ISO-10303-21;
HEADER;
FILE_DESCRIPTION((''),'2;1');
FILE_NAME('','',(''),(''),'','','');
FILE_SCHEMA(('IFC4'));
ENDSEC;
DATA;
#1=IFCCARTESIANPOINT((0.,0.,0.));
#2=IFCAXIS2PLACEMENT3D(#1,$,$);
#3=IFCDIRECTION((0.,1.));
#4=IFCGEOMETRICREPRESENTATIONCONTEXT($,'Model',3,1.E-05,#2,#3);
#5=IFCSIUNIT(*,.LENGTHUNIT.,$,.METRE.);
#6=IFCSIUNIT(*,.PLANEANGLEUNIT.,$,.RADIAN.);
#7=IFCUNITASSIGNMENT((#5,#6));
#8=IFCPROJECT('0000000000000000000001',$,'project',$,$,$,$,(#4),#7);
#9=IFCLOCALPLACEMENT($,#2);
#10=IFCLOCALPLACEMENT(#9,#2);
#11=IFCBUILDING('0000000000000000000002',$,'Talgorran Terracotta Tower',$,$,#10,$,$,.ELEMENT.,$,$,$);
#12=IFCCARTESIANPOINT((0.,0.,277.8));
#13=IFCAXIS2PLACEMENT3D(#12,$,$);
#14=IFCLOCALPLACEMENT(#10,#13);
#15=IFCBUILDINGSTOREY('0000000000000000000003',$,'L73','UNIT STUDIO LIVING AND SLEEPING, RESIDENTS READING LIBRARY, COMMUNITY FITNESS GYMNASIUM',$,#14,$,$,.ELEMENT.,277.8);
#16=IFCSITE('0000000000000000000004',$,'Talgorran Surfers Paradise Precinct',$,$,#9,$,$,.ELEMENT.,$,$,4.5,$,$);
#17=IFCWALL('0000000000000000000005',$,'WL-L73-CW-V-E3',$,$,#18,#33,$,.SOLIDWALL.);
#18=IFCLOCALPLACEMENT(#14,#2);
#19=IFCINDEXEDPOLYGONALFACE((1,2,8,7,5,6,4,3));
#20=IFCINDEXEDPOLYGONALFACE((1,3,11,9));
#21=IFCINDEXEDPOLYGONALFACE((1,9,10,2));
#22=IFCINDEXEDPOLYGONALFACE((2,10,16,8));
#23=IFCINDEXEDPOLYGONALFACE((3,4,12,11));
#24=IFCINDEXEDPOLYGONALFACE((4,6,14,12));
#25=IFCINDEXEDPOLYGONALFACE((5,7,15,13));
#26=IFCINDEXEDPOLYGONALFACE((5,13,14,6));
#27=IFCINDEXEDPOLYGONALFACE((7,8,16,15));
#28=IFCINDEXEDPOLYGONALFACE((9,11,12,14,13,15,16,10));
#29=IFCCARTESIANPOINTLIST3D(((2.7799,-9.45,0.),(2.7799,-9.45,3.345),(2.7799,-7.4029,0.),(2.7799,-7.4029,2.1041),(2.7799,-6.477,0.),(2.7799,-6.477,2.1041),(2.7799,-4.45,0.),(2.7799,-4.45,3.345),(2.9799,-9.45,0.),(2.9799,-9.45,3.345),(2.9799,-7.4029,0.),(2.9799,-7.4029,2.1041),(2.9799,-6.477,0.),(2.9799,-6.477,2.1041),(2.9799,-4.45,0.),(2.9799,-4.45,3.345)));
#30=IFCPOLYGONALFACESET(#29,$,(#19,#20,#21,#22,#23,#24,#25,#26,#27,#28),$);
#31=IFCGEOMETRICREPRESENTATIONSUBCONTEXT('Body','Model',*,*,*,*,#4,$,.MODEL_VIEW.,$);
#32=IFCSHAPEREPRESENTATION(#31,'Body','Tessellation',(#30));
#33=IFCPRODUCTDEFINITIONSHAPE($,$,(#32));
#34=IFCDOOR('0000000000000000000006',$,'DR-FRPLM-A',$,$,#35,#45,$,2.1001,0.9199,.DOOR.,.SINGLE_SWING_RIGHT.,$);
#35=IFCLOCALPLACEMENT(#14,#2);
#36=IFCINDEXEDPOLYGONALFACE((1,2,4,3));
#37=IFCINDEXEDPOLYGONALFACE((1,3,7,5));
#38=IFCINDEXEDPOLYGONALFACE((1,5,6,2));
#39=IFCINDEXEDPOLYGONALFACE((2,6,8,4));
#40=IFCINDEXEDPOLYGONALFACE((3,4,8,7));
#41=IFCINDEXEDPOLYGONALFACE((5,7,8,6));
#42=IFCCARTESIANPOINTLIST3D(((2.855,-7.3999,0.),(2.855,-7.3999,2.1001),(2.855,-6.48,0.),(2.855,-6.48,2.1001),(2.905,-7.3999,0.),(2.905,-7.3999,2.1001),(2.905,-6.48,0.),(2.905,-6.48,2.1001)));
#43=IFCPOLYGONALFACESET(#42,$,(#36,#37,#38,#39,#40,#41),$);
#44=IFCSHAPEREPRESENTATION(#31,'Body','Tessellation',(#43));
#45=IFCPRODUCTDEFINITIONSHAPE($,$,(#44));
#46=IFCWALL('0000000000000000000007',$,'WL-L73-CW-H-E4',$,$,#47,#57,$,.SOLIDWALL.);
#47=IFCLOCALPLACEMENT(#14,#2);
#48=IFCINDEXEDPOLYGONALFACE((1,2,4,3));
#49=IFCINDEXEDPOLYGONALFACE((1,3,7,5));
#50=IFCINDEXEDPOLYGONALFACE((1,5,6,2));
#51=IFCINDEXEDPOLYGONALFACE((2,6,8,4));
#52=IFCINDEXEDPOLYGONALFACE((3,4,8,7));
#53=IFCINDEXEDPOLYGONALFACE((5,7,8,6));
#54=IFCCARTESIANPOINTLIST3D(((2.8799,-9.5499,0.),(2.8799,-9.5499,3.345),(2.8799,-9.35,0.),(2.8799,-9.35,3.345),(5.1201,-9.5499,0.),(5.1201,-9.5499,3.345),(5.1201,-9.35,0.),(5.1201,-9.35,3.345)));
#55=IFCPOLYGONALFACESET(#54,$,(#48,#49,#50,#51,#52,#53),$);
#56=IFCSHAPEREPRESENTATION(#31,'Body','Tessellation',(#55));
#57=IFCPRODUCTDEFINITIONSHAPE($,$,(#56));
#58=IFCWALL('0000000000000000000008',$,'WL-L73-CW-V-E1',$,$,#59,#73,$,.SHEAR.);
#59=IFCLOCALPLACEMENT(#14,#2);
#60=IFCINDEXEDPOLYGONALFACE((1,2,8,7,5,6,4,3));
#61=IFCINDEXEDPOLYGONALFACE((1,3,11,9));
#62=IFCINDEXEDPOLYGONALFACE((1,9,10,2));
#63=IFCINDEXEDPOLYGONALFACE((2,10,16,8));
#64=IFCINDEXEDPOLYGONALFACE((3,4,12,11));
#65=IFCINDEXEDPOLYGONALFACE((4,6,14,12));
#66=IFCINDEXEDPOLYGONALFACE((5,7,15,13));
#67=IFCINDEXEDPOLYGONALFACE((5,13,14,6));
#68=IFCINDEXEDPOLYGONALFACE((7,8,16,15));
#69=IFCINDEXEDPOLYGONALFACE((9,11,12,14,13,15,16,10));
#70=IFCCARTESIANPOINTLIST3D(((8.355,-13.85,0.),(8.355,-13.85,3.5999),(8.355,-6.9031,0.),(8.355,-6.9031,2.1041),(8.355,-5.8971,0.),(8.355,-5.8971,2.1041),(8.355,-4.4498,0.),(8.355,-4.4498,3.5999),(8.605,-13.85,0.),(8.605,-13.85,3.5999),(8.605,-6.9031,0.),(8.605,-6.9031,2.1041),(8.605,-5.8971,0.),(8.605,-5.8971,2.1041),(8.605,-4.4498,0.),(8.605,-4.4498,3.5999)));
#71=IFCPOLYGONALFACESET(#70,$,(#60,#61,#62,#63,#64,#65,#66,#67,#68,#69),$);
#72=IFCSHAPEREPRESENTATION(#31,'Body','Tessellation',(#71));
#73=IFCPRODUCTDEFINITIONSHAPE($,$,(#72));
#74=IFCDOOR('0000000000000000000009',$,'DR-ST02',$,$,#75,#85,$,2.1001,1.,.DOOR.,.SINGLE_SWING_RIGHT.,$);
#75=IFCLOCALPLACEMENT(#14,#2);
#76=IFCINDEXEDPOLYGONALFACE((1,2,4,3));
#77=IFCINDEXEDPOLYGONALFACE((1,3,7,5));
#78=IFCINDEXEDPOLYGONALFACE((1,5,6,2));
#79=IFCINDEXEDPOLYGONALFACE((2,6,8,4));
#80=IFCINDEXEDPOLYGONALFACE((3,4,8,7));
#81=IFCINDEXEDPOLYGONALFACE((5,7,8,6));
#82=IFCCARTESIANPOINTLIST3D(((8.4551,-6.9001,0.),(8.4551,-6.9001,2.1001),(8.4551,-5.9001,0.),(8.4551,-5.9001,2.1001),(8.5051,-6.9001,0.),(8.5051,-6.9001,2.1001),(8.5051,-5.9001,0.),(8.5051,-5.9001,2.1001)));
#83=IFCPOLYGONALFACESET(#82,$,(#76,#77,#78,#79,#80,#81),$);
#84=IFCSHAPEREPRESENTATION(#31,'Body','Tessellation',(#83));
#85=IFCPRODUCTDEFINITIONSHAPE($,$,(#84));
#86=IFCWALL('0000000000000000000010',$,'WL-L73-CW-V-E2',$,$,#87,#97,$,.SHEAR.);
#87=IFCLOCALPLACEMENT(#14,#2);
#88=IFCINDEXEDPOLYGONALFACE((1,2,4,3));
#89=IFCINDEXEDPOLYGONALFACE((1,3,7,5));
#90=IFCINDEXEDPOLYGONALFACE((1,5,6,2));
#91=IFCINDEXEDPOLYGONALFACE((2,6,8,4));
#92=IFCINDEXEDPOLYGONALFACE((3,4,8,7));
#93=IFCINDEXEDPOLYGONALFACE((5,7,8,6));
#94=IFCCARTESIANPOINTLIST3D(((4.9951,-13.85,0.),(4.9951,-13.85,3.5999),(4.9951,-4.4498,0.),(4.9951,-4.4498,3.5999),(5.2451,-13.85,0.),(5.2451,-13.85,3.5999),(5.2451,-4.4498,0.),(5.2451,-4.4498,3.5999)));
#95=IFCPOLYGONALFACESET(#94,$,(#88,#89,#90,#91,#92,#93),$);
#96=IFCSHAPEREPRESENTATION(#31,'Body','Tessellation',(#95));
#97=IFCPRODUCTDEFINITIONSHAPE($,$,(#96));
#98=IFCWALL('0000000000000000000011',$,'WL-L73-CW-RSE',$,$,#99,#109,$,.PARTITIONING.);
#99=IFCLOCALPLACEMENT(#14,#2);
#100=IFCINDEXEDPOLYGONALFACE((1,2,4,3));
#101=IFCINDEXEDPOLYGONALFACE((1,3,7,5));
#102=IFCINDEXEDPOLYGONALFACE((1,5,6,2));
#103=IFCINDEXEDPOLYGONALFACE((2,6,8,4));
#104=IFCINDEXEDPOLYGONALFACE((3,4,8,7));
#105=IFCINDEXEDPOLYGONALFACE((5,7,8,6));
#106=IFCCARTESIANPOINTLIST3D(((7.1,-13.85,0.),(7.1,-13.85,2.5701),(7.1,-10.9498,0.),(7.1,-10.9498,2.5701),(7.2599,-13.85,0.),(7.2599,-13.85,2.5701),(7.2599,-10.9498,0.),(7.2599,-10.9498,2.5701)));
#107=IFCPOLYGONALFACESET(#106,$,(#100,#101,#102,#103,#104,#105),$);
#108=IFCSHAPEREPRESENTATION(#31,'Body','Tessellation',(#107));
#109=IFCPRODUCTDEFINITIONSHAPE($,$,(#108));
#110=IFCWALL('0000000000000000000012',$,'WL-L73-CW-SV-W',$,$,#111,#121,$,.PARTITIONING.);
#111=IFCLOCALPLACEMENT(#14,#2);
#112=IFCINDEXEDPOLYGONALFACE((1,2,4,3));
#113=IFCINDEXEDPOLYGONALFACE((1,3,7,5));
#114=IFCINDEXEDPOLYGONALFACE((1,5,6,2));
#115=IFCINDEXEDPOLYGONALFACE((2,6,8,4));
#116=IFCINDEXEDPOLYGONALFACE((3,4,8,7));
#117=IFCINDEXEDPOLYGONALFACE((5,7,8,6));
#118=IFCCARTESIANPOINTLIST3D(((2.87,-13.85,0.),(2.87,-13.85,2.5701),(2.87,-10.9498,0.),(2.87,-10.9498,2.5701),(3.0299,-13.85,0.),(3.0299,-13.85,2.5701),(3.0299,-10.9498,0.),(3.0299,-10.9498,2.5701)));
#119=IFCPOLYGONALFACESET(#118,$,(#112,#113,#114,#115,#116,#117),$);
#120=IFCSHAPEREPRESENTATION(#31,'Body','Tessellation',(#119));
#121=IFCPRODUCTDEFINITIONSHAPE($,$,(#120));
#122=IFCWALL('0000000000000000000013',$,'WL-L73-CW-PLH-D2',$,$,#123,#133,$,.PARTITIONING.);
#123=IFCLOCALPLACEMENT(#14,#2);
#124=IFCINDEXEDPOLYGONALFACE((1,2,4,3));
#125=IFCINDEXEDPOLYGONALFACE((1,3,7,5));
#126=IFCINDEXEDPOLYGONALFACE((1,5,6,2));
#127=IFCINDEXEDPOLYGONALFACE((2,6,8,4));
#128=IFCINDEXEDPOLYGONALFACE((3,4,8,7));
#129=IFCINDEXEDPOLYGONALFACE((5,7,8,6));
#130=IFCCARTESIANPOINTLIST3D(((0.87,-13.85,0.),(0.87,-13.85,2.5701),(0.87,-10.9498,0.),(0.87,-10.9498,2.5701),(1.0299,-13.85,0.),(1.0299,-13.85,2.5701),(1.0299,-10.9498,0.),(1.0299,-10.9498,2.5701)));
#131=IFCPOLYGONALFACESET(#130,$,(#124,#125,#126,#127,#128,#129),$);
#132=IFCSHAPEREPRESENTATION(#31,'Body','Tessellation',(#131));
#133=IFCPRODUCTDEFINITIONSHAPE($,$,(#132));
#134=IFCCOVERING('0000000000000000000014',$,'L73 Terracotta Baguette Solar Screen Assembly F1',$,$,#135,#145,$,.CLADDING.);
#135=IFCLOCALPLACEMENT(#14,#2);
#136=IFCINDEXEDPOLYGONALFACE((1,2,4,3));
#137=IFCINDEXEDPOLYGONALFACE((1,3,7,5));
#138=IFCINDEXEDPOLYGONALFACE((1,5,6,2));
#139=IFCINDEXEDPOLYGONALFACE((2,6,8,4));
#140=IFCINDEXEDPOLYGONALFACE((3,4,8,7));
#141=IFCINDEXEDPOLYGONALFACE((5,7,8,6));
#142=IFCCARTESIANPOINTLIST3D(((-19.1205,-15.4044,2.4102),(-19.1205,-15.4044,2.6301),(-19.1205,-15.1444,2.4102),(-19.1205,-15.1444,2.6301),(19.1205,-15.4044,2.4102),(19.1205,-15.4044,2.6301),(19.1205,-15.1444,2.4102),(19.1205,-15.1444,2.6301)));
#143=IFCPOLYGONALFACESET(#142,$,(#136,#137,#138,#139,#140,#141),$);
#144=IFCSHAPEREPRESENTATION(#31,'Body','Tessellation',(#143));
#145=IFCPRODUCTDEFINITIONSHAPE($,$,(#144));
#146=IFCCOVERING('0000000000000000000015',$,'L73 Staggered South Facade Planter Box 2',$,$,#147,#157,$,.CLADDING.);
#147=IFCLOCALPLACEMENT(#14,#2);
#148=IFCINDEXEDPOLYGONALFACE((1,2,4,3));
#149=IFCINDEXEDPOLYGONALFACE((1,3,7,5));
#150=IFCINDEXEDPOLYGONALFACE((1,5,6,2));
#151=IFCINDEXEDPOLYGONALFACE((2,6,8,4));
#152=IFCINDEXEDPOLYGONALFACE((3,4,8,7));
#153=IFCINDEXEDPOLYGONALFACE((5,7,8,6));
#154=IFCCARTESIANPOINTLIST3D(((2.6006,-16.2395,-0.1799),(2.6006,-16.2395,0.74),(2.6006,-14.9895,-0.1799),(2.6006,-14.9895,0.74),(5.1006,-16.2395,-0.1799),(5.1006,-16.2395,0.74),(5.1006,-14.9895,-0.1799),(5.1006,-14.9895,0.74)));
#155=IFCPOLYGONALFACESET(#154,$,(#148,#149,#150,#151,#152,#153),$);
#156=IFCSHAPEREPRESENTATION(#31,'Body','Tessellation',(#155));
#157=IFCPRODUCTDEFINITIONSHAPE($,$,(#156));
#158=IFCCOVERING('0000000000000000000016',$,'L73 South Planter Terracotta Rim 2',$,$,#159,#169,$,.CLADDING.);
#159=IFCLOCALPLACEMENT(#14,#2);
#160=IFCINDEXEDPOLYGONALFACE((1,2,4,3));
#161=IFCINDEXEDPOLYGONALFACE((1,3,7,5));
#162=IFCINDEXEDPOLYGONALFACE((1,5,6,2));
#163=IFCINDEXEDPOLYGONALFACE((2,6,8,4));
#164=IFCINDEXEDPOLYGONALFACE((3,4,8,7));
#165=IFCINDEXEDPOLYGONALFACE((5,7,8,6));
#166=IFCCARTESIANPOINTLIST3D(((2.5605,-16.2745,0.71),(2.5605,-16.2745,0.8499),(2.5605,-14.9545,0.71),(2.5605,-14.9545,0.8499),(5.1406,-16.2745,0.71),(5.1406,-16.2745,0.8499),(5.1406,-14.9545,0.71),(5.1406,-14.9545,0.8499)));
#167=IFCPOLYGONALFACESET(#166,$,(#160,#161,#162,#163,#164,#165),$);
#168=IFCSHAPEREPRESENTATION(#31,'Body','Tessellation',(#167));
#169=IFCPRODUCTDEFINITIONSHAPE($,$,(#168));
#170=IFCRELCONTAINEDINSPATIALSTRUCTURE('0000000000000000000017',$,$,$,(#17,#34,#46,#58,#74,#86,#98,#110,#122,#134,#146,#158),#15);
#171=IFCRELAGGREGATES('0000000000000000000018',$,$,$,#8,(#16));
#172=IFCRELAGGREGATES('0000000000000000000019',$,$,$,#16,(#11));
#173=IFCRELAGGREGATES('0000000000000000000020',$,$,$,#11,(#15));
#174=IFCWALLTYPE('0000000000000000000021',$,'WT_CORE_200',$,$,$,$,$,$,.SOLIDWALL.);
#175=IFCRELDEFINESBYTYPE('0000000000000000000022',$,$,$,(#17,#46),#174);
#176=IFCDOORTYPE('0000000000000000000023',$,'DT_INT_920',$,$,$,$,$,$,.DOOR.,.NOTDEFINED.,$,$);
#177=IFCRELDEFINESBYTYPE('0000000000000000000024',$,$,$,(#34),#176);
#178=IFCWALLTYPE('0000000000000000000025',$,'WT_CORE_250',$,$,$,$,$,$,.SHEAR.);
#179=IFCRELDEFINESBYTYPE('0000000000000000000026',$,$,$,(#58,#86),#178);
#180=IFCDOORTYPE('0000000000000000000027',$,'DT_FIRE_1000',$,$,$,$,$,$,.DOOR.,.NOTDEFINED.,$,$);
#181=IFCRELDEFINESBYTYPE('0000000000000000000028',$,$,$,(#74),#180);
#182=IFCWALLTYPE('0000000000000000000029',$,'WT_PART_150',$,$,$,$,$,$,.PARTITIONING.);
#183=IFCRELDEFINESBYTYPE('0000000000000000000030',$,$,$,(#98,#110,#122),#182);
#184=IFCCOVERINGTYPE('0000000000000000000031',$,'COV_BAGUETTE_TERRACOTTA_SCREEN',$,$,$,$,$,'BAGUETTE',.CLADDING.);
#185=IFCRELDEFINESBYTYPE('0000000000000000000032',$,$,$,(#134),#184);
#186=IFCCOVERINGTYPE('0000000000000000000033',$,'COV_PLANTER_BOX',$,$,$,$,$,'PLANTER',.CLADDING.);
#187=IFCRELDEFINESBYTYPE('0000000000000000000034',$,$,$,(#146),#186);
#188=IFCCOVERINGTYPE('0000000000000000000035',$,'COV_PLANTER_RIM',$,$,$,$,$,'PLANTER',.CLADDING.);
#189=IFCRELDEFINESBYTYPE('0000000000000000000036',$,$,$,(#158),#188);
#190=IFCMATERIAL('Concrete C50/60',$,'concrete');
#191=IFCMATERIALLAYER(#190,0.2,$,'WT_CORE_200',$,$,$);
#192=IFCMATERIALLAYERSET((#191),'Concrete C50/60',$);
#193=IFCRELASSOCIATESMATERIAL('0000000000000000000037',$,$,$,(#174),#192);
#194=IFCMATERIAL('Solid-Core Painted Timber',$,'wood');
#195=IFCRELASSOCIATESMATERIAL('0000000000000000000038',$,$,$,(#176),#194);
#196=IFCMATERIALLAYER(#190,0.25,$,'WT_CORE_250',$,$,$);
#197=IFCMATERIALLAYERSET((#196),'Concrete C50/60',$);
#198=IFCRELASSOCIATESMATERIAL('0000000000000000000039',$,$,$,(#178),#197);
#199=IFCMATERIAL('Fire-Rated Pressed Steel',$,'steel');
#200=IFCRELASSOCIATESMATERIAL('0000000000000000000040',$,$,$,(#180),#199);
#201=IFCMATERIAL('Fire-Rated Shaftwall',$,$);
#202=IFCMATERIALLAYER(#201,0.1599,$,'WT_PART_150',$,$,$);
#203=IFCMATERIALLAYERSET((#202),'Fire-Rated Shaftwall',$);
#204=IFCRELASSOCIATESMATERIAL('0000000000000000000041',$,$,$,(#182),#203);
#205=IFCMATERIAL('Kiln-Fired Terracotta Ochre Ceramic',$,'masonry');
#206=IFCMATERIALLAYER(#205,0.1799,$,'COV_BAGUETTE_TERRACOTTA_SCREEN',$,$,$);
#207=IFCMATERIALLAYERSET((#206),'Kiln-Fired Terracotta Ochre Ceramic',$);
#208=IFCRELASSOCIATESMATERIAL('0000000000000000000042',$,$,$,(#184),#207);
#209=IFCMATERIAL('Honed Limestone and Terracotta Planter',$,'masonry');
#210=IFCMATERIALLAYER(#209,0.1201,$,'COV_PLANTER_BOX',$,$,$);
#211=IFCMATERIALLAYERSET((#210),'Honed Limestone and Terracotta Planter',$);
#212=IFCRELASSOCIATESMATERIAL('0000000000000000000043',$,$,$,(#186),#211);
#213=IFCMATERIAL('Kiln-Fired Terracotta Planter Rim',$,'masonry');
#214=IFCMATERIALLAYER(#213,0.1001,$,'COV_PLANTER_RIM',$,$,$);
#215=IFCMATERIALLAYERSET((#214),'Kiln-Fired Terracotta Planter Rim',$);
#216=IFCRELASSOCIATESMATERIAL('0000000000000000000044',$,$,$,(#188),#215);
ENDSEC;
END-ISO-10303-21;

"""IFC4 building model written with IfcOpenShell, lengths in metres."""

from ifc_helpers import new_model, si_unit, direction, frame, frame_2d, origin, origin_2d, place, context, subcontext, project, spatial, rectangle, extrude, material, layer, layer_set, type_object, element, fill, save


model = new_model("IFC4")

# Units and contexts
model_context = context("Model", 3, precision=1e-05, world=origin(), true_north=direction((0.0, 1.0)))
body_context = subcontext(model_context, "Body", "Model", "MODEL_VIEW")
ifc_project = project(units=[si_unit("LENGTHUNIT", "METRE"), si_unit("PLANEANGLEUNIT", "RADIAN")], contexts=[model_context])

# Site, building, storey
site_placement = place(None, origin())
site = spatial("IfcSite", under=ifc_project, at=site_placement, Name="Talgorran Surfers Paradise Precinct", CompositionType="ELEMENT", RefElevation=4.5)
building_placement = place(site_placement, origin())
building = spatial("IfcBuilding", under=site, at=building_placement, Name="Talgorran Terracotta Tower", CompositionType="ELEMENT")
storey_placement = place(building_placement, frame((0.0, 0.0, 277.8)))
storey = spatial("IfcBuildingStorey", under=building, at=storey_placement, Name="L73", Description="UNIT STUDIO LIVING AND SLEEPING, RESIDENTS READING LIBRARY, COMMUNITY FITNESS GYMNASIUM", CompositionType="ELEMENT", Elevation=277.8)

# Shared definitions
ifc_material_1 = material(Name="Concrete C50/60", Category="concrete")

# Shared definitions
ifc_layer_1 = layer(ifc_material_1, 0.2, Name="WT_CORE_200")
ifc_layer_set_1 = layer_set([ifc_layer_1], Name="Concrete C50/60")
wall_type_1 = type_object("IfcWallType", Name="WT_CORE_200", PredefinedType="SOLIDWALL", material=ifc_layer_set_1)

# Shared definitions
ifc_material_2 = material(Name="Fire-Rated Pressed Steel", Category="steel")

# Wall, opening, door
wall_1_placement = place(storey_placement, frame((2.8799, -9.45, 0.0), z_axis=(0.0, 0.0, 1.0), x_axis=(0.0, 1.0, 0.0)))
wall_1 = element("IfcWall", 1, at=wall_1_placement, inside=storey, type_object=wall_type_1, Name="WL-L73-CW-V-E3", PredefinedType="SOLIDWALL", context=body_context, shape_type="SweptSolid", body=[
    extrude(rectangle(XDim=5.0, YDim=0.2, at=frame_2d((2.5, 0.0))), origin(), (0.0, 0.0, 1.0), 3.345),
])
opening_1_placement = place(wall_1_placement, frame((2.05, 0.0, 0.0)))
opening_1 = element("IfcOpeningElement", 2, at=opening_1_placement, cuts=wall_1, PredefinedType="OPENING", context=body_context, shape_type="SweptSolid", body=[
    extrude(rectangle(XDim=0.9259, YDim=2.1041, at=frame_2d((0.46, 1.052))), frame((0.0, 0.1099, 0.0), z_axis=(0.0, -1.0, 0.0), x_axis=(1.0, 0.0, 0.0)), (0.0, 0.0, 1.0), 0.22),
])
ifc_material_3 = material(Name="Solid-Core Painted Timber", Category="wood")
door_type_1 = type_object("IfcDoorType", Name="DT_INT_920", OperationType="NOTDEFINED", PredefinedType="DOOR", material=ifc_material_3)
door_1_placement = place(opening_1_placement, origin())
door_1 = element("IfcDoor", 3, at=door_1_placement, inside=storey, type_object=door_type_1, Name="DR-FRPLM-A", OperationType="SINGLE_SWING_RIGHT", OverallHeight=2.1001, OverallWidth=0.9199, PredefinedType="DOOR", context=body_context, shape_type="SweptSolid", body=[
    extrude(rectangle(XDim=0.9199, YDim=2.1001, at=frame_2d((0.46, 1.05))), frame((0.0, 0.0249, 0.0), z_axis=(0.0, -1.0, 0.0), x_axis=(1.0, 0.0, 0.0)), (0.0, 0.0, 1.0), 0.05),
])
fill(opening_1, door_1)

# Wall
wall_2_placement = place(storey_placement, frame((2.8799, -9.45, 0.0), z_axis=(0.0, 0.0, 1.0), x_axis=(1.0, 0.0, 0.0)))
element("IfcWall", 4, at=wall_2_placement, inside=storey, type_object=wall_type_1, Name="WL-L73-CW-H-E4", PredefinedType="SOLIDWALL", context=body_context, shape_type="SweptSolid", body=[
    extrude(rectangle(XDim=2.2402, YDim=0.2, at=frame_2d((1.1201, 0.0))), origin(), (0.0, 0.0, 1.0), 3.345),
])

# Wall, opening, door
ifc_layer_2 = layer(ifc_material_1, 0.25, Name="WT_CORE_250")
ifc_layer_set_2 = layer_set([ifc_layer_2], Name="Concrete C50/60")
wall_type_2 = type_object("IfcWallType", Name="WT_CORE_250", PredefinedType="SHEAR", material=ifc_layer_set_2)
wall_3_placement = place(storey_placement, frame((8.48, -13.8501, 0.0), z_axis=(0.0, 0.0, 1.0), x_axis=(0.0, 1.0, 0.0)))
wall_3 = element("IfcWall", 5, at=wall_3_placement, inside=storey, type_object=wall_type_2, Name="WL-L73-CW-V-E1", PredefinedType="SHEAR", context=body_context, shape_type="SweptSolid", body=[
    extrude(rectangle(XDim=9.4001, YDim=0.25, at=frame_2d((4.7002, 0.0))), origin(), (0.0, 0.0, 1.0), 3.5999),
])
opening_2_placement = place(wall_3_placement, frame((6.95, 0.0, 0.0)))
opening_2 = element("IfcOpeningElement", 6, at=opening_2_placement, cuts=wall_3, PredefinedType="OPENING", context=body_context, shape_type="SweptSolid", body=[
    extrude(rectangle(XDim=1.006, YDim=2.1041, at=frame_2d((0.5, 1.052))), frame((0.0, 0.135, 0.0), z_axis=(0.0, -1.0, 0.0), x_axis=(1.0, 0.0, 0.0)), (0.0, 0.0, 1.0), 0.27),
])
door_type_2 = type_object("IfcDoorType", Name="DT_FIRE_1000", OperationType="NOTDEFINED", PredefinedType="DOOR", material=ifc_material_2)
door_2_placement = place(opening_2_placement, origin())
door_2 = element("IfcDoor", 7, at=door_2_placement, inside=storey, type_object=door_type_2, Name="DR-ST02", OperationType="SINGLE_SWING_RIGHT", OverallHeight=2.1001, OverallWidth=1.0, PredefinedType="DOOR", context=body_context, shape_type="SweptSolid", body=[
    extrude(rectangle(XDim=1.0, YDim=2.1001, at=frame_2d((0.5, 1.05))), frame((0.0, 0.0249, 0.0), z_axis=(0.0, -1.0, 0.0), x_axis=(1.0, 0.0, 0.0)), (0.0, 0.0, 1.0), 0.05),
])
fill(opening_2, door_2)

# Walls
wall_4_placement = place(storey_placement, frame((5.1201, -13.8501, 0.0), z_axis=(0.0, 0.0, 1.0), x_axis=(0.0, 1.0, 0.0)))
element("IfcWall", 8, at=wall_4_placement, inside=storey, type_object=wall_type_2, Name="WL-L73-CW-V-E2", PredefinedType="SHEAR", context=body_context, shape_type="SweptSolid", body=[
    extrude(rectangle(XDim=9.4001, YDim=0.25, at=frame_2d((4.7002, 0.0))), origin(), (0.0, 0.0, 1.0), 3.5999),
])
ifc_material_4 = material(Name="Fire-Rated Shaftwall")
ifc_layer_3 = layer(ifc_material_4, 0.1599, Name="WT_PART_150")
ifc_layer_set_3 = layer_set([ifc_layer_3], Name="Fire-Rated Shaftwall")
wall_type_3 = type_object("IfcWallType", Name="WT_PART_150", PredefinedType="PARTITIONING", material=ifc_layer_set_3)
for number, where, z_axis, x_axis, name in (
    (9, (7.1799, -13.8501, 0.0), (0.0, 0.0, 1.0), (0.0, 1.0, 0.0), "WL-L73-CW-RSE"),
    (10, (2.95, -13.8501, 0.0), (0.0, 0.0, 1.0), (0.0, 1.0, 0.0), "WL-L73-CW-SV-W"),
    (11, (0.95, -13.8501, 0.0), (0.0, 0.0, 1.0), (0.0, 1.0, 0.0), "WL-L73-CW-PLH-D2"),
):
    element("IfcWall", number, at=place(storey_placement, frame(where, z_axis=z_axis, x_axis=x_axis)), inside=storey, type_object=wall_type_3, Name=name, PredefinedType="PARTITIONING", context=body_context, shape_type="SweptSolid", body=[
        extrude(rectangle(XDim=2.9001, YDim=0.1599, at=frame_2d((1.4502, 0.0))), origin(), (0.0, 0.0, 1.0), 2.5701),
    ])

# Coverings
ifc_material_5 = material(Name="Kiln-Fired Terracotta Ochre Ceramic", Category="masonry")
ifc_layer_4 = layer(ifc_material_5, 0.1799, Name="COV_BAGUETTE_TERRACOTTA_SCREEN")
ifc_layer_set_4 = layer_set([ifc_layer_4], Name="Kiln-Fired Terracotta Ochre Ceramic")
covering_type_1 = type_object("IfcCoveringType", Name="COV_BAGUETTE_TERRACOTTA_SCREEN", ElementType="BAGUETTE", PredefinedType="CLADDING", material=ifc_layer_set_4)
covering_1_placement = place(storey_placement, frame((0.0, -15.2744, 2.4102), z_axis=(0.0, 0.0, 1.0), x_axis=(1.0, 0.0, 0.0)))
element("IfcCovering", 12, at=covering_1_placement, inside=storey, type_object=covering_type_1, Name="L73 Terracotta Baguette Solar Screen Assembly F1", PredefinedType="CLADDING", context=body_context, shape_type="SweptSolid", body=[
    extrude(rectangle(XDim=38.241, YDim=0.26, at=origin_2d()), origin(), (0.0, 0.0, 1.0), 0.22),
])
ifc_material_6 = material(Name="Honed Limestone and Terracotta Planter", Category="masonry")
ifc_layer_5 = layer(ifc_material_6, 0.1201, Name="COV_PLANTER_BOX")
ifc_layer_set_5 = layer_set([ifc_layer_5], Name="Honed Limestone and Terracotta Planter")
covering_type_2 = type_object("IfcCoveringType", Name="COV_PLANTER_BOX", ElementType="PLANTER", PredefinedType="CLADDING", material=ifc_layer_set_5)
covering_2_placement = place(storey_placement, frame((3.8506, -15.6145, -0.1799), z_axis=(0.0, 0.0, 1.0), x_axis=(1.0, 0.0, 0.0)))
element("IfcCovering", 13, at=covering_2_placement, inside=storey, type_object=covering_type_2, Name="L73 Staggered South Facade Planter Box 2", PredefinedType="CLADDING", context=body_context, shape_type="SweptSolid", body=[
    extrude(rectangle(XDim=2.5, YDim=1.25, at=origin_2d()), origin(), (0.0, 0.0, 1.0), 0.9199),
])
ifc_material_7 = material(Name="Kiln-Fired Terracotta Planter Rim", Category="masonry")
ifc_layer_6 = layer(ifc_material_7, 0.1001, Name="COV_PLANTER_RIM")
ifc_layer_set_6 = layer_set([ifc_layer_6], Name="Kiln-Fired Terracotta Planter Rim")
covering_type_3 = type_object("IfcCoveringType", Name="COV_PLANTER_RIM", ElementType="PLANTER", PredefinedType="CLADDING", material=ifc_layer_set_6)
covering_3_placement = place(storey_placement, frame((3.8506, -15.6145, 0.71), z_axis=(0.0, 0.0, 1.0), x_axis=(1.0, 0.0, 0.0)))
element("IfcCovering", 14, at=covering_3_placement, inside=storey, type_object=covering_type_3, Name="L73 South Planter Terracotta Rim 2", PredefinedType="CLADDING", context=body_context, shape_type="SweptSolid", body=[
    extrude(rectangle(XDim=2.5801, YDim=1.3201, at=origin_2d()), origin(), (0.0, 0.0, 1.0), 0.1399),
])

save(model, "model.ifc")
